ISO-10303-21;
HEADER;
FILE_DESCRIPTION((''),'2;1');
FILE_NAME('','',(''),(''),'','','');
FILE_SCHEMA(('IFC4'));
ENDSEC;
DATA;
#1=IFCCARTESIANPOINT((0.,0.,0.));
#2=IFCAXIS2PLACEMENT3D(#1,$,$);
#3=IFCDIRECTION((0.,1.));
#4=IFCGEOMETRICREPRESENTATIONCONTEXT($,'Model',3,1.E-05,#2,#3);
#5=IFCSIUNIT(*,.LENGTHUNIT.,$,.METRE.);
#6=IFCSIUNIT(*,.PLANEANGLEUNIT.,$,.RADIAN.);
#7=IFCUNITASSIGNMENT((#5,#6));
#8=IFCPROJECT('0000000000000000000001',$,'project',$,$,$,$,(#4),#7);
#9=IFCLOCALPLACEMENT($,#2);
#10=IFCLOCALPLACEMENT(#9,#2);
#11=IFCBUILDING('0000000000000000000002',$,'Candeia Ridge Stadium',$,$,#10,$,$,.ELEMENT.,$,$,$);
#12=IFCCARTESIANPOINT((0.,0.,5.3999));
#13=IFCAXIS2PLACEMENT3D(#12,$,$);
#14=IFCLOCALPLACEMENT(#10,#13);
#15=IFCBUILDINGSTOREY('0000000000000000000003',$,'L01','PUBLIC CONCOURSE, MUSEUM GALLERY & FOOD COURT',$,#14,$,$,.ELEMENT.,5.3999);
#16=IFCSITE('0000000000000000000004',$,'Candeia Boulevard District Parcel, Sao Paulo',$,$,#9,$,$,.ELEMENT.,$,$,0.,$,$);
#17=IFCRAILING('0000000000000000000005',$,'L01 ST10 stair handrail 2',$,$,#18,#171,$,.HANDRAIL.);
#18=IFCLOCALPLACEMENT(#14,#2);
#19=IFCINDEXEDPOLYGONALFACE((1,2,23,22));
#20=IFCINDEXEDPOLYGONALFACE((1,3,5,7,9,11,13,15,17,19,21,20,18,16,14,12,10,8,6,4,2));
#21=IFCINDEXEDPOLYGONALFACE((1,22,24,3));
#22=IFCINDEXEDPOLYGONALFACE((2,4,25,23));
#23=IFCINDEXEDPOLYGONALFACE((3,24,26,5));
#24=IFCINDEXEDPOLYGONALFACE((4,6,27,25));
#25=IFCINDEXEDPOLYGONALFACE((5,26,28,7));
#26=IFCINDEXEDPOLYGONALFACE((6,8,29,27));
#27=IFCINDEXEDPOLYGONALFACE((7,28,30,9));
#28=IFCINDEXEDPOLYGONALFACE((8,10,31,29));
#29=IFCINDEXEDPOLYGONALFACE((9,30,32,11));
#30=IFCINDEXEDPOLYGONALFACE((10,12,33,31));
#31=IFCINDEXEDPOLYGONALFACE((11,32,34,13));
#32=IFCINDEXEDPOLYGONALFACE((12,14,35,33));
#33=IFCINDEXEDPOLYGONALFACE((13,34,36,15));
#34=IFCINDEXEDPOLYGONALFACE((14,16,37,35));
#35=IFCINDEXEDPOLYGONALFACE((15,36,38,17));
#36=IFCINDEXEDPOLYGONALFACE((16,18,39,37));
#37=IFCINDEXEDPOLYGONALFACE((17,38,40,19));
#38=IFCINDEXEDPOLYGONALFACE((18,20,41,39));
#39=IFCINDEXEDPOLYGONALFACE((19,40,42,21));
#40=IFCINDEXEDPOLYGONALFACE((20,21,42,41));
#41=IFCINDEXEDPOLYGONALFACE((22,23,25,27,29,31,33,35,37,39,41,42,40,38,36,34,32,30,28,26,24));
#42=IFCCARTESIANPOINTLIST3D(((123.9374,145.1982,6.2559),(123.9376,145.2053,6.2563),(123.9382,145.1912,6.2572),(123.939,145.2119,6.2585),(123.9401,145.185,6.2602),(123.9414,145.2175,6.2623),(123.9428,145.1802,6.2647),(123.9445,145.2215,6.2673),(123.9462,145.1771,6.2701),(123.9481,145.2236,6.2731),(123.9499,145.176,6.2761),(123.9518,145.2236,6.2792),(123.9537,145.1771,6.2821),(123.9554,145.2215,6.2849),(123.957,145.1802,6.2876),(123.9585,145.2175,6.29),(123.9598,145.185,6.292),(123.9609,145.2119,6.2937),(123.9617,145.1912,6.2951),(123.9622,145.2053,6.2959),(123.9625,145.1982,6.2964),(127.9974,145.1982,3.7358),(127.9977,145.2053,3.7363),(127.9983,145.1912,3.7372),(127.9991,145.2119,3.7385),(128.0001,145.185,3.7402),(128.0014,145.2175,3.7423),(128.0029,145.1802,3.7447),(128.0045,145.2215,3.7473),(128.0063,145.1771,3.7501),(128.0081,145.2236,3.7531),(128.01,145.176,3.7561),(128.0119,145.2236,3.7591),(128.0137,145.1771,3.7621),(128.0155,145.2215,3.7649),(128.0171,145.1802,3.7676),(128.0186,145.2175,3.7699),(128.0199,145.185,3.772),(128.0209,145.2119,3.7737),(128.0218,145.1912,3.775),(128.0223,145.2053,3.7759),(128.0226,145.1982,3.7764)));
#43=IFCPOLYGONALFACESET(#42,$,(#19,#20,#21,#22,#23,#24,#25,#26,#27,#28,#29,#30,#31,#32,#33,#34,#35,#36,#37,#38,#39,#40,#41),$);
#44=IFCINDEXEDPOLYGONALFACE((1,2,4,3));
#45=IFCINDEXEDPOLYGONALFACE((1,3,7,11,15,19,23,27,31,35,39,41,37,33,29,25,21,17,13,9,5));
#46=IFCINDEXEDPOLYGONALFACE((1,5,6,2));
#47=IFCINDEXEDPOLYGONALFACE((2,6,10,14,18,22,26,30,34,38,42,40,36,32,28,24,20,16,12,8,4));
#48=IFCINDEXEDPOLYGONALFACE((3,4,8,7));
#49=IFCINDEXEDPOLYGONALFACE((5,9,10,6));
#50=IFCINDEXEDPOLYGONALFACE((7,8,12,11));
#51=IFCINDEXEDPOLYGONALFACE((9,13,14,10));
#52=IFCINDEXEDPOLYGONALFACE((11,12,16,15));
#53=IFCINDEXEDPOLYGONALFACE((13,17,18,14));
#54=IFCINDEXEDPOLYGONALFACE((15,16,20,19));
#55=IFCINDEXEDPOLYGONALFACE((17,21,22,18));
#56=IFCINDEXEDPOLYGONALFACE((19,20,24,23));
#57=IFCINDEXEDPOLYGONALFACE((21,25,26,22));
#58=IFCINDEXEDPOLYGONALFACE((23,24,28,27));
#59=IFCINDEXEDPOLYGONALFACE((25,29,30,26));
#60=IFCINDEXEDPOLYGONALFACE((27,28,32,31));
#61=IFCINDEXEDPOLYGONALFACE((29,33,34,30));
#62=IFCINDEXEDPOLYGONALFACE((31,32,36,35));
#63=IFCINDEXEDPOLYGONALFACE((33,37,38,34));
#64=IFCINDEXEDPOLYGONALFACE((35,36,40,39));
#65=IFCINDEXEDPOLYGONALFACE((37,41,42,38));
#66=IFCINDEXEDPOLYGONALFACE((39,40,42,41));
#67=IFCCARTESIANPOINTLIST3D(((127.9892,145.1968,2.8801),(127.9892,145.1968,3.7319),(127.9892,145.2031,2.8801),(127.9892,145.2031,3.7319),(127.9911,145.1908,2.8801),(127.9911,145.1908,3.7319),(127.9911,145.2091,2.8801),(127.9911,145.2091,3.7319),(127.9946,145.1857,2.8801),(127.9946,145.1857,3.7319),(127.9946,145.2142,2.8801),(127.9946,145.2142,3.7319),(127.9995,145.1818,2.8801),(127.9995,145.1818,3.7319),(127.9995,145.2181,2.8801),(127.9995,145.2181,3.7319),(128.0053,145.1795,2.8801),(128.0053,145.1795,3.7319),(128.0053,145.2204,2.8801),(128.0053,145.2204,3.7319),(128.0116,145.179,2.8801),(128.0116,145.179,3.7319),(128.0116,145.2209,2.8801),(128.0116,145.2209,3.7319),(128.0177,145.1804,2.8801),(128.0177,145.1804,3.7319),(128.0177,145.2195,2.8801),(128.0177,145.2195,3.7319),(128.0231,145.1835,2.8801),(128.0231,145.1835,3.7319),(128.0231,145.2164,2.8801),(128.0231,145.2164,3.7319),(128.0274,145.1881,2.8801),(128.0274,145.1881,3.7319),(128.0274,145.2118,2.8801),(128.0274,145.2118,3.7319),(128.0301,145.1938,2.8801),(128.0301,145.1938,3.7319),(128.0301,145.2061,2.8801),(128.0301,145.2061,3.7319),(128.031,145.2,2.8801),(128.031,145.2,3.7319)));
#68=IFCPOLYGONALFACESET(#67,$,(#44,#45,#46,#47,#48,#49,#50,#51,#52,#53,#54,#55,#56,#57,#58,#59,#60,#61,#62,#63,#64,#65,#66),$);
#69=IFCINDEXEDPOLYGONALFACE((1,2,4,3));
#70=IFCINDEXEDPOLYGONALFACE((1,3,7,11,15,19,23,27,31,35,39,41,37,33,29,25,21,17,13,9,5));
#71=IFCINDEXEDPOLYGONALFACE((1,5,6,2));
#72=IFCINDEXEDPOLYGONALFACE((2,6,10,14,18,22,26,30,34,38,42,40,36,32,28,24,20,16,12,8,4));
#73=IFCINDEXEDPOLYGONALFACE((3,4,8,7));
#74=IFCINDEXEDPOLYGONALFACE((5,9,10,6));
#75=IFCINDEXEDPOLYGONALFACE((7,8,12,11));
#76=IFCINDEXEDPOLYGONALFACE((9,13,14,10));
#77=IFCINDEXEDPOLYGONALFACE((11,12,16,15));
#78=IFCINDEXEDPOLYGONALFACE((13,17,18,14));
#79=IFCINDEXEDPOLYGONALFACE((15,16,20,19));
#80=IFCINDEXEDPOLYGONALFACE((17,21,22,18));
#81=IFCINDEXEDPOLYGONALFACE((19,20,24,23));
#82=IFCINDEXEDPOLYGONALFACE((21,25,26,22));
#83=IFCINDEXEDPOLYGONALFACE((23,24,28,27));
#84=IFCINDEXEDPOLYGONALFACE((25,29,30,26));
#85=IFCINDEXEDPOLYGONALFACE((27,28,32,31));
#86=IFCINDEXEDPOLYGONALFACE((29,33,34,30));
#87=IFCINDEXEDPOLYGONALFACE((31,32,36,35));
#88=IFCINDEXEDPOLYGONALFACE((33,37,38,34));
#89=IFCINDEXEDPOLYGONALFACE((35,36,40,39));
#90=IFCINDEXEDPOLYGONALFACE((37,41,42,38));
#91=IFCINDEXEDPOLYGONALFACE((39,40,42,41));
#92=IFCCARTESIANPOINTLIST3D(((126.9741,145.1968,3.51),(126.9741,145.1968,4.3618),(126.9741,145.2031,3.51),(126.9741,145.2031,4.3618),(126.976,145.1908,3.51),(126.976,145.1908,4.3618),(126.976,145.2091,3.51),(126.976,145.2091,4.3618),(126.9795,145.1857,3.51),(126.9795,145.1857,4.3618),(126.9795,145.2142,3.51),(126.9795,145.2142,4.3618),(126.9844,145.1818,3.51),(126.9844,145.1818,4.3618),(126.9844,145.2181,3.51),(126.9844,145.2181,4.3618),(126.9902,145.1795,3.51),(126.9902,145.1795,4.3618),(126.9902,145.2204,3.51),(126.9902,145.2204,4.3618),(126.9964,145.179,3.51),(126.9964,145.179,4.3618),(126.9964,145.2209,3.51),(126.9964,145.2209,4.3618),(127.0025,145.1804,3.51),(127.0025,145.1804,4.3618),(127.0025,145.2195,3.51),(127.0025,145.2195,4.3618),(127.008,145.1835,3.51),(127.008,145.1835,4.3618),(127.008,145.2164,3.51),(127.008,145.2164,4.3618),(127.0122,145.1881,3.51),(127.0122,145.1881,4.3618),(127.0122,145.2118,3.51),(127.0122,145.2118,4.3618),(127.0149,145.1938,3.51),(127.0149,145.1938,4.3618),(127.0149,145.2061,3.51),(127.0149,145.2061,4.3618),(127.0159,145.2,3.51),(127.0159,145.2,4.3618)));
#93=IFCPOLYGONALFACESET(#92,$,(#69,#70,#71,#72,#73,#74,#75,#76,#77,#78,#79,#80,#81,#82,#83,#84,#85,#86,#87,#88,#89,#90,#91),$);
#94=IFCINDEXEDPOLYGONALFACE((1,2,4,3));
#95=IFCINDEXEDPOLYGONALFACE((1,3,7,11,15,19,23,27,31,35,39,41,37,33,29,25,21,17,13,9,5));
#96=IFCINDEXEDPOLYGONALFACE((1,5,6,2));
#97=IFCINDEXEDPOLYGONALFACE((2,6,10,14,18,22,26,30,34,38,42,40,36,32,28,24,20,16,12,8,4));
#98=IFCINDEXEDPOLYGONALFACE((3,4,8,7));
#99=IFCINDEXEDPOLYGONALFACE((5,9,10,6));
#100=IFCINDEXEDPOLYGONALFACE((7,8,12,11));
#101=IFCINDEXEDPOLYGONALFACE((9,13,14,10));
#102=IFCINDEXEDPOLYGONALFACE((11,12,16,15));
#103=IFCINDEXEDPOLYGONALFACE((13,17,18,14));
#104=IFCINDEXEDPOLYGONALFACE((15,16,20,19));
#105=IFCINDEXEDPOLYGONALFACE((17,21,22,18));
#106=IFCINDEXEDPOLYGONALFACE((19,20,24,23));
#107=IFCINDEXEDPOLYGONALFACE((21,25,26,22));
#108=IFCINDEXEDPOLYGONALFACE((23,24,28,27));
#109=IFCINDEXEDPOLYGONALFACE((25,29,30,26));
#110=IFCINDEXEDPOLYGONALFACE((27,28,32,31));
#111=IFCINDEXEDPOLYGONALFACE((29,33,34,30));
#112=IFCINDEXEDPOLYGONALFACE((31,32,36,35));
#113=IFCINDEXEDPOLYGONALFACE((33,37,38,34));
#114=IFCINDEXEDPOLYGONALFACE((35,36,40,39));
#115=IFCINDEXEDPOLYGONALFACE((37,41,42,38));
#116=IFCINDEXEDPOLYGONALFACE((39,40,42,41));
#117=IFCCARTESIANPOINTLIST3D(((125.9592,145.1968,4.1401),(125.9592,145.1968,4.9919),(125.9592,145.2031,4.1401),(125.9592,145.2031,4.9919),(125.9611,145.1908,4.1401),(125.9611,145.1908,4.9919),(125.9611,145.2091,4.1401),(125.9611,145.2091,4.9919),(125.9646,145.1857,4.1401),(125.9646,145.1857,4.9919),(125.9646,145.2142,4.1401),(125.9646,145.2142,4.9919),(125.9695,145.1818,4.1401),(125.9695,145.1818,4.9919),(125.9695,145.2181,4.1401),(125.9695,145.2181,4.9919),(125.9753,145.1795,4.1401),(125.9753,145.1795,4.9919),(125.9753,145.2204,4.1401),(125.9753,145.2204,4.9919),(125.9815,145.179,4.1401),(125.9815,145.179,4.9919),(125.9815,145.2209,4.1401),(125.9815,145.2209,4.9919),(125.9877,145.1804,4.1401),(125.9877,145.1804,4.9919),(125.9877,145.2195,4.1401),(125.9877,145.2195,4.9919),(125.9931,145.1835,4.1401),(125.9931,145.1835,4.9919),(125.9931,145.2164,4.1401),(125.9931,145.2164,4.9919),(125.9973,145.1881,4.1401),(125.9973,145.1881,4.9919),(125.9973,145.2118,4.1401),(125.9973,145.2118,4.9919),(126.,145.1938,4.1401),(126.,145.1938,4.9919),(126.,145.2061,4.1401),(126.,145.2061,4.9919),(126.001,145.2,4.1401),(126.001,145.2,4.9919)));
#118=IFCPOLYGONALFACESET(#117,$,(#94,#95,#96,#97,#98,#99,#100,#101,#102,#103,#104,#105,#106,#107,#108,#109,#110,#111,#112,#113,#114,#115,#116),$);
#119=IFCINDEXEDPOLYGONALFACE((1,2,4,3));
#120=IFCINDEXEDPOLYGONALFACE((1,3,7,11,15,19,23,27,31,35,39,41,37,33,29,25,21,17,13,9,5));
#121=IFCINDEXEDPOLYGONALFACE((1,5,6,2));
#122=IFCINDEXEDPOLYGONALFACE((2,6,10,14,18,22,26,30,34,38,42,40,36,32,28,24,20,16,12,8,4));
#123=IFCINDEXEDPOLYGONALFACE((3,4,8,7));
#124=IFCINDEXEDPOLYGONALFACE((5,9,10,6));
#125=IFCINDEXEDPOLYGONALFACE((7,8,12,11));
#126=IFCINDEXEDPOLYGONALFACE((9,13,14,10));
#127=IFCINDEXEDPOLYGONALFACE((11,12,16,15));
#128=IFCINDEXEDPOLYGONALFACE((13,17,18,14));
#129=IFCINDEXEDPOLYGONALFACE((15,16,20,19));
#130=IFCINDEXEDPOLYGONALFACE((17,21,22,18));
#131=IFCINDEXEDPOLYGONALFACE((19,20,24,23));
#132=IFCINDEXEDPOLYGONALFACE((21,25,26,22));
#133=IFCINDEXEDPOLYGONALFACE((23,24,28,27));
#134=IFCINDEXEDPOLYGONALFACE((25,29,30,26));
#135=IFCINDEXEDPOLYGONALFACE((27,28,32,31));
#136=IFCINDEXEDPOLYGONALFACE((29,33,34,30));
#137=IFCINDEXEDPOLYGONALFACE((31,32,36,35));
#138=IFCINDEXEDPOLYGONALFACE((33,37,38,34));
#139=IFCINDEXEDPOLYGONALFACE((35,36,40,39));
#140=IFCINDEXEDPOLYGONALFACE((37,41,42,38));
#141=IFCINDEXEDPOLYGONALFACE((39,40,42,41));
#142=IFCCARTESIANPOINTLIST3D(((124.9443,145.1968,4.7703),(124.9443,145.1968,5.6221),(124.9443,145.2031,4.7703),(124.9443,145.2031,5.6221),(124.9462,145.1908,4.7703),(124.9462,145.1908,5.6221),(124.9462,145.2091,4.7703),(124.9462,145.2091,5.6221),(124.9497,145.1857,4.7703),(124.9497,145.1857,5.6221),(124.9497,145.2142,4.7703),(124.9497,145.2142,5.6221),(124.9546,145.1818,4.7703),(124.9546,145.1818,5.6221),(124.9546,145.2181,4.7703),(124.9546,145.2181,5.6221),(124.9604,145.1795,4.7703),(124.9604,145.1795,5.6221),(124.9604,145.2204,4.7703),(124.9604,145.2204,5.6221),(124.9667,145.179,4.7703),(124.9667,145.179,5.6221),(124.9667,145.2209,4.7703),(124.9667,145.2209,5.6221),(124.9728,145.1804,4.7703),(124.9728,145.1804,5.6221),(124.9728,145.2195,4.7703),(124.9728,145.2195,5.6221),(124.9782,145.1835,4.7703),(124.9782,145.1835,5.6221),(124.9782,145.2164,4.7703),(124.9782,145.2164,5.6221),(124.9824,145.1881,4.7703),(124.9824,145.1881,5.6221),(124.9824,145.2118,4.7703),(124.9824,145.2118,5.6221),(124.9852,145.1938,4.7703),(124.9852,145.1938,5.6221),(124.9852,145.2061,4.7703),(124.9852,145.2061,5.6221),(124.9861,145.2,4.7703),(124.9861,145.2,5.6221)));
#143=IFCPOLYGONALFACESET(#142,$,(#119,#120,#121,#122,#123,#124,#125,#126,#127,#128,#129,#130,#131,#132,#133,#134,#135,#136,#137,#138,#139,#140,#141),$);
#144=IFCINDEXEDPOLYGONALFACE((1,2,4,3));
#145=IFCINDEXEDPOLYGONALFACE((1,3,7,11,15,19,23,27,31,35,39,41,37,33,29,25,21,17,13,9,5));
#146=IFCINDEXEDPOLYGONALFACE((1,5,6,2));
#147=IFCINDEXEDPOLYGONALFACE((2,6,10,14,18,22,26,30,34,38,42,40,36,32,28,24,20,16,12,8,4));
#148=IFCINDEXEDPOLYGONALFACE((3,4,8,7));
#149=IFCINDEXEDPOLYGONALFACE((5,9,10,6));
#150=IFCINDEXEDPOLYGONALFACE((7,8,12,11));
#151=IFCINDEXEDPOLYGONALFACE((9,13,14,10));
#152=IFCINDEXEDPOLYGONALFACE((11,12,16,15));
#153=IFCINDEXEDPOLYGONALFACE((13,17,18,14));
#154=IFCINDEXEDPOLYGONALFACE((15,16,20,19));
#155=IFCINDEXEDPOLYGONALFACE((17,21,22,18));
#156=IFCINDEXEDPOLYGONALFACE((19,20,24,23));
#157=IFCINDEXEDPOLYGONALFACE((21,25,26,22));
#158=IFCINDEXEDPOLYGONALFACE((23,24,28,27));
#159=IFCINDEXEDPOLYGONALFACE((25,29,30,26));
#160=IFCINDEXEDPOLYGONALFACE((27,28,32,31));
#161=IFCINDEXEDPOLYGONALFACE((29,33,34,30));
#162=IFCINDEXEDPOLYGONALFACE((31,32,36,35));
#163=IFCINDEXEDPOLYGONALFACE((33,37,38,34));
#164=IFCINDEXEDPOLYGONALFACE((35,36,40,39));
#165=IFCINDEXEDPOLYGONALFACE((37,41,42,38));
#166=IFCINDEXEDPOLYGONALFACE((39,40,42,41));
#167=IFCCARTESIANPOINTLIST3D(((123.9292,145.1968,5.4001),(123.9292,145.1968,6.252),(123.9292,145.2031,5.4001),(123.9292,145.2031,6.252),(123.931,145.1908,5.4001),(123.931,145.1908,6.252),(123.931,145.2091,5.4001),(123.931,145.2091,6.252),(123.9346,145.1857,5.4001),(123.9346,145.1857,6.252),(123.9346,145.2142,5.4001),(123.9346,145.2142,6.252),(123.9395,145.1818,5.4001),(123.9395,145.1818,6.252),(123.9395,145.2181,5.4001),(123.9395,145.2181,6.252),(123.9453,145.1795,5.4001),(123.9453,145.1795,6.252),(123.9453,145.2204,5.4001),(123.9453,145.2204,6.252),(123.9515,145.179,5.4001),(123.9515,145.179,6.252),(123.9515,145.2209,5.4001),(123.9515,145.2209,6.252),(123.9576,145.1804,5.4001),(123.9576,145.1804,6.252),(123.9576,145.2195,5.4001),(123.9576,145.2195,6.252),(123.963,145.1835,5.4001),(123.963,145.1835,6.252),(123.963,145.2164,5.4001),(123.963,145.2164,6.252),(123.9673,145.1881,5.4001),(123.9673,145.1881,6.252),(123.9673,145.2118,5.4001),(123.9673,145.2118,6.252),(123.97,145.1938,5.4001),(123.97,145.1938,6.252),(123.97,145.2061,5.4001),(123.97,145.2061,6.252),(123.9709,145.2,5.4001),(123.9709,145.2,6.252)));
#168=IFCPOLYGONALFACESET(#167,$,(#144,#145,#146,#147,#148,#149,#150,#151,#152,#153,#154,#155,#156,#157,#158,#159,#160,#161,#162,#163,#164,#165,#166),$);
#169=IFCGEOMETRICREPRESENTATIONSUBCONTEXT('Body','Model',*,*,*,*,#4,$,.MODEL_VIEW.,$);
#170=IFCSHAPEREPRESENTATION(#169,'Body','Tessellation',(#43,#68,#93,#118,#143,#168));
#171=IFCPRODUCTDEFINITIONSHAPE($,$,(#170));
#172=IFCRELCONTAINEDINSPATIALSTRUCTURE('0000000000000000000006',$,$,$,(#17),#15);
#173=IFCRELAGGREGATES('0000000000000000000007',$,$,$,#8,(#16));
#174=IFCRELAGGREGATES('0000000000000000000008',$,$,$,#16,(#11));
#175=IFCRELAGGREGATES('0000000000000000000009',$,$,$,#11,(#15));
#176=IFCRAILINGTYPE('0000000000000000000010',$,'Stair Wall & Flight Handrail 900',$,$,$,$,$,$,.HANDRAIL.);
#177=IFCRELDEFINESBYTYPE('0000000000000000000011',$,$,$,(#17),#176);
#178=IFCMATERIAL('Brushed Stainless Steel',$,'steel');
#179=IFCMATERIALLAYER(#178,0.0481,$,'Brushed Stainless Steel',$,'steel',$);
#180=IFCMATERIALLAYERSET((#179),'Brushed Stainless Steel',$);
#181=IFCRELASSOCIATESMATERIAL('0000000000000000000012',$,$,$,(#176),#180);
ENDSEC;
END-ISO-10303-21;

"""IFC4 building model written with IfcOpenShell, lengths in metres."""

from ifc_helpers import new_model, si_unit, direction, frame, origin, origin_2d, place, context, subcontext, project, spatial, circle, extrude, material, layer, layer_set, type_object, element, save


model = new_model("IFC4")

# Units and contexts
model_context = context("Model", 3, precision=1e-05, world=origin(), true_north=direction((0.0, 1.0)))
body_context = subcontext(model_context, "Body", "Model", "MODEL_VIEW")
ifc_project = project(units=[si_unit("LENGTHUNIT", "METRE"), si_unit("PLANEANGLEUNIT", "RADIAN")], contexts=[model_context])

# Site, building, storey
site_placement = place(None, origin())
site = spatial("IfcSite", under=ifc_project, at=site_placement, Name="Candeia Boulevard District Parcel, Sao Paulo", CompositionType="ELEMENT", RefElevation=0.0)
building_placement = place(site_placement, origin())
building = spatial("IfcBuilding", under=site, at=building_placement, Name="Candeia Ridge Stadium", CompositionType="ELEMENT")
storey_placement = place(building_placement, frame((0.0, 0.0, 5.3999)))
storey = spatial("IfcBuildingStorey", under=building, at=storey_placement, Name="L01", Description="PUBLIC CONCOURSE, MUSEUM GALLERY & FOOD COURT", CompositionType="ELEMENT", Elevation=5.3999)

# Railing
ifc_material_1 = material(Name="Brushed Stainless Steel", Category="steel")
ifc_layer_1 = layer(ifc_material_1, 0.0481, Name="Brushed Stainless Steel", Category="steel")
ifc_layer_set_1 = layer_set([ifc_layer_1], Name="Brushed Stainless Steel")
railing_type_1 = type_object("IfcRailingType", Name="Stair Wall & Flight Handrail 900", PredefinedType="HANDRAIL", material=ifc_layer_set_1)
railing_1_placement = place(storey_placement, frame((128.01, 145.2, 2.8801)))
element("IfcRailing", 1, at=railing_1_placement, inside=storey, type_object=railing_type_1, Name="L01 ST10 stair handrail 2", PredefinedType="HANDRAIL", context=body_context, shape_type="SweptSolid", body=[
    extrude(circle(Radius=0.0239, at=origin_2d()), frame((0.0, 0.0, 0.876), z_axis=(-0.849642, 0.0, 0.52736), x_axis=(0.0, -1.0, 0.0)), (0.0, 0.0, 1.0), 4.7786),
    extrude(circle(Radius=0.021, at=origin_2d()), origin(), (0.0, 0.0, 1.0), 0.8518),
    extrude(circle(Radius=0.021, at=origin_2d()), frame((-1.0151, 0.0, 0.6299)), (0.0, 0.0, 1.0), 0.8518),
    extrude(circle(Radius=0.021, at=origin_2d()), frame((-2.03, 0.0, 1.26)), (0.0, 0.0, 1.0), 0.8518),
    extrude(circle(Radius=0.021, at=origin_2d()), frame((-3.0449, 0.0, 1.8901)), (0.0, 0.0, 1.0), 0.8518),
    extrude(circle(Radius=0.021, at=origin_2d()), frame((-4.0601, 0.0, 2.52)), (0.0, 0.0, 1.0), 0.8518),
])

save(model, "model.ifc")
